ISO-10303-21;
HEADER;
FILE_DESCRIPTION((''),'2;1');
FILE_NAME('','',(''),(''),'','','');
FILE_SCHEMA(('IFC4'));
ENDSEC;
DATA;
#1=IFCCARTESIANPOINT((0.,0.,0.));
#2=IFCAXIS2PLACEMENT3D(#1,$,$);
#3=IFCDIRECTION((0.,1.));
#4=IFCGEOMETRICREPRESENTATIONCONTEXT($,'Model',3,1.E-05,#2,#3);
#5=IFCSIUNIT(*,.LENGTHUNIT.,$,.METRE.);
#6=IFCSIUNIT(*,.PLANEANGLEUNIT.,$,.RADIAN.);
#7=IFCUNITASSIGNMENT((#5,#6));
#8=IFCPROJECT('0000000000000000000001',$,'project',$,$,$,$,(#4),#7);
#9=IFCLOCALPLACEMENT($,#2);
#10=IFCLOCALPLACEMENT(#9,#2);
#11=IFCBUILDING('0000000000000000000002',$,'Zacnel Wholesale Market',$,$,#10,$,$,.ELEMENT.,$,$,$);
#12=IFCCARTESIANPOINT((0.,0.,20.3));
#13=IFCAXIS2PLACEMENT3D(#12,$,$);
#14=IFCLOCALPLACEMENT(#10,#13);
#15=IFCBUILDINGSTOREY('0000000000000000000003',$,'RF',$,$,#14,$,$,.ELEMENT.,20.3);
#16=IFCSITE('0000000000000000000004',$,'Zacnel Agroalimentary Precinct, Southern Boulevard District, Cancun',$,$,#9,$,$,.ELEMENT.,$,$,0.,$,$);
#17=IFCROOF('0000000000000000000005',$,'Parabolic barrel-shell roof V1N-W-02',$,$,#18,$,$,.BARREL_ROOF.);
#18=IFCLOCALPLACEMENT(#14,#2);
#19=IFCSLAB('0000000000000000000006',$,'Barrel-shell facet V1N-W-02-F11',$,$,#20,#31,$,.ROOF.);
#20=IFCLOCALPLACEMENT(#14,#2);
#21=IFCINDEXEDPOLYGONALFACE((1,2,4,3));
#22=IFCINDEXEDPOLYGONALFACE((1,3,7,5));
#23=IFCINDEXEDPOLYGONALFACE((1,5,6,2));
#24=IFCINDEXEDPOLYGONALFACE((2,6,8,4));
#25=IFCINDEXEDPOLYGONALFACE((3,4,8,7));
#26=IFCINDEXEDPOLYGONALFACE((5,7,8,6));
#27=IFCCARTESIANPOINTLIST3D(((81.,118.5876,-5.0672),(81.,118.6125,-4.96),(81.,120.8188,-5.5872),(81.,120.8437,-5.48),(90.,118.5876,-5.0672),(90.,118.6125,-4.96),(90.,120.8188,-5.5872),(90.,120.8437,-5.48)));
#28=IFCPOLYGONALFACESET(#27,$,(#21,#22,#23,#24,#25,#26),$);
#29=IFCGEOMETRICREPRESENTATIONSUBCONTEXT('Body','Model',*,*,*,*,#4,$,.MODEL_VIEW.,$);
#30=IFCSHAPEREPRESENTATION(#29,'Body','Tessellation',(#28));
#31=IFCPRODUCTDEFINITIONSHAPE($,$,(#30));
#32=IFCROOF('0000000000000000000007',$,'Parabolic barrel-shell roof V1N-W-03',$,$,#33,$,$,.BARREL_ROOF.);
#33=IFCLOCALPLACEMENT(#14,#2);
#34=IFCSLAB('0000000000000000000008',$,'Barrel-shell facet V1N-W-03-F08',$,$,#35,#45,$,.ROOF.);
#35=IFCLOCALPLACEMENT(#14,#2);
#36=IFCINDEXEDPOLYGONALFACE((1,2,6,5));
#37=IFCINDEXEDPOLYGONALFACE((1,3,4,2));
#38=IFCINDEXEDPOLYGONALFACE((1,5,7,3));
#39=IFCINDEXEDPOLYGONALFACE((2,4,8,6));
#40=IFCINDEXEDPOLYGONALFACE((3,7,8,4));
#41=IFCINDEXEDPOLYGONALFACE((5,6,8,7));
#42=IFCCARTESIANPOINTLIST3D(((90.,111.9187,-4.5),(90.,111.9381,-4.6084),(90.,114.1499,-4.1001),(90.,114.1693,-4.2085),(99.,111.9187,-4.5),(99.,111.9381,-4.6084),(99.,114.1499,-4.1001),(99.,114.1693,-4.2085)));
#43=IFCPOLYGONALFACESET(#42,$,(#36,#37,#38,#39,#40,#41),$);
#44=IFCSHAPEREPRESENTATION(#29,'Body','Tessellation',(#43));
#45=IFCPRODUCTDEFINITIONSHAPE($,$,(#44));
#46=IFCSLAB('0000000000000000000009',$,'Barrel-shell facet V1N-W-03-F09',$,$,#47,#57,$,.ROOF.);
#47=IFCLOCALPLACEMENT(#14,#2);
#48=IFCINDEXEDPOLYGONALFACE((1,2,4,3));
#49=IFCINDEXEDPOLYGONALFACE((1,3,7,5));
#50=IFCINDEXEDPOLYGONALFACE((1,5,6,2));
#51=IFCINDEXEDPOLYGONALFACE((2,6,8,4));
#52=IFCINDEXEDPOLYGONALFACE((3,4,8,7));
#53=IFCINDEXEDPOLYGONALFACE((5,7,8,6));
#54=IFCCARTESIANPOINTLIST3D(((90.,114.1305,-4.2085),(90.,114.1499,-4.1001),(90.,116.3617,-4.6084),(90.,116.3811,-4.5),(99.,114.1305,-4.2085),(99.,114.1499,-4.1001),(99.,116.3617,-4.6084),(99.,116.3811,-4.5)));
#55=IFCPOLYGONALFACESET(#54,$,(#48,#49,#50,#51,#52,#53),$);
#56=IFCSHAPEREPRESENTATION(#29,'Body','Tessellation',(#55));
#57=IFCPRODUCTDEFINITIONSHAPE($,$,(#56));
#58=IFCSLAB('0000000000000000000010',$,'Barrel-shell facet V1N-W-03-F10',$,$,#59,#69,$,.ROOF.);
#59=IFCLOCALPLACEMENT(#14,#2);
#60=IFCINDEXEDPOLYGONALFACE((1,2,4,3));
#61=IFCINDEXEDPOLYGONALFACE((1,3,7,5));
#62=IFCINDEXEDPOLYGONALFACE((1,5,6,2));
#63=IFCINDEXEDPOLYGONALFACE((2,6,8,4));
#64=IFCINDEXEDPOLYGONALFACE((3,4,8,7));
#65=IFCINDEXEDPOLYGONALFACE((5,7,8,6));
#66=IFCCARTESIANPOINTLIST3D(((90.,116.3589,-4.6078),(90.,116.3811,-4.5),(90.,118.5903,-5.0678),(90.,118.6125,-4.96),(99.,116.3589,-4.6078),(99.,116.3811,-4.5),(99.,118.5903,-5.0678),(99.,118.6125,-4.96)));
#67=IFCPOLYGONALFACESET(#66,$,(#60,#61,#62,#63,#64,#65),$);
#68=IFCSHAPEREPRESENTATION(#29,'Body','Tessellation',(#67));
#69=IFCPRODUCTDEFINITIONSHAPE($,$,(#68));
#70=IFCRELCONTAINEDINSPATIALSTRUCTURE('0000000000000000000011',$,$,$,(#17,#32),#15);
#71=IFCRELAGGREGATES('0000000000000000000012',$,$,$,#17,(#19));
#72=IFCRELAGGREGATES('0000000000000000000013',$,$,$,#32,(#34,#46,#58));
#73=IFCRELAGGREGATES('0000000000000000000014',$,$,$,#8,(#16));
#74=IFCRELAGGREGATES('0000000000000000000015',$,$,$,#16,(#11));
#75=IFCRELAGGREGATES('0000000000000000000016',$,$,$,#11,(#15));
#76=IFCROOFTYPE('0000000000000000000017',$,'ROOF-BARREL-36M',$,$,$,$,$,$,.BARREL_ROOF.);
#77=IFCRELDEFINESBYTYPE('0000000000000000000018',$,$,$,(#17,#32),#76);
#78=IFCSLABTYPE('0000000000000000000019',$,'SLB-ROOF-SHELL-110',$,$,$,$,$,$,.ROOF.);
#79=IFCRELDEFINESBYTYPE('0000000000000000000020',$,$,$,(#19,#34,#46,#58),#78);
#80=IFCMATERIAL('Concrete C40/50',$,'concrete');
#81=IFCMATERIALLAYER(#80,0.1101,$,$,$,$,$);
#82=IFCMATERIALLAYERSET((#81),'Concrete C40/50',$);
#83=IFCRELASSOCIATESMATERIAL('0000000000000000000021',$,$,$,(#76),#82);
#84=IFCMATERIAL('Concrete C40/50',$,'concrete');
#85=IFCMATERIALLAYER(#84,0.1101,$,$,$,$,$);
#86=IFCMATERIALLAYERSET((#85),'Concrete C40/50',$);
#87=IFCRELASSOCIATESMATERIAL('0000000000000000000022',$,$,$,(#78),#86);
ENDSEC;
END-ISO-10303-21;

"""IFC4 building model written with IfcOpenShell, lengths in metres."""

from ifc_helpers import new_model, si_unit, direction, frame, origin, place, context, subcontext, project, spatial, polyline, outline, extrude, material, layer, layer_set, type_object, element, aggregate, save


model = new_model("IFC4")

# Units and contexts
model_context = context("Model", 3, precision=1e-05, world=origin(), true_north=direction((0.0, 1.0)))
body_context = subcontext(model_context, "Body", "Model", "MODEL_VIEW")
ifc_project = project(units=[si_unit("LENGTHUNIT", "METRE"), si_unit("PLANEANGLEUNIT", "RADIAN")], contexts=[model_context])

# Site, building, storey
site_placement = place(None, origin())
site = spatial("IfcSite", under=ifc_project, at=site_placement, Name="Zacnel Agroalimentary Precinct, Southern Boulevard District, Cancun", CompositionType="ELEMENT", RefElevation=0.0)
building_placement = place(site_placement, origin())
building = spatial("IfcBuilding", under=site, at=building_placement, Name="Zacnel Wholesale Market", CompositionType="ELEMENT")
storey_placement = place(building_placement, frame((0.0, 0.0, 20.3)))
storey = spatial("IfcBuildingStorey", under=building, at=storey_placement, Name="RF", CompositionType="ELEMENT", Elevation=20.3)

# Roofs, slabs
ifc_material_1 = material(Name="Concrete C40/50", Category="concrete")
ifc_layer_1 = layer(ifc_material_1, 0.1101)
ifc_layer_set_1 = layer_set([ifc_layer_1], Name="Concrete C40/50")
roof_type = type_object("IfcRoofType", Name="ROOF-BARREL-36M", PredefinedType="BARREL_ROOF", material=ifc_layer_set_1)
ifc_material_2 = material(Name="Concrete C40/50", Category="concrete")
ifc_layer_2 = layer(ifc_material_2, 0.1101)
ifc_layer_set_2 = layer_set([ifc_layer_2], Name="Concrete C40/50")
slab_type = type_object("IfcSlabType", Name="SLB-ROOF-SHELL-110", PredefinedType="ROOF", material=ifc_layer_set_2)
roof_1_placement = place(storey_placement, origin())
roof_1 = element("IfcRoof", 1, at=roof_1_placement, inside=storey, type_object=roof_type, Name="Parabolic barrel-shell roof V1N-W-02", PredefinedType="BARREL_ROOF")
slab_1_placement = place(storey_placement, frame((81.0, 118.6125, -4.96), z_axis=(0.0, 0.226984, 0.973899), x_axis=(1.0, 0.0, 0.0)))
slab_1 = element("IfcSlab", 2, at=slab_1_placement, type_object=slab_type, Name="Barrel-shell facet V1N-W-02-F11", PredefinedType="ROOF", context=body_context, shape_type="SweptSolid", body=[
    extrude(outline(polyline([(0.0, 0.0), (9.0, 0.0), (9.0, 2.291), (0.0, 2.291), (0.0, 0.0)])), origin(), (0.0, 0.0, -1.0), 0.1101),
])
aggregate(roof_1, [slab_1])
roof_2_placement = place(storey_placement, origin())
roof_2 = element("IfcRoof", 3, at=roof_2_placement, inside=storey, type_object=roof_type, Name="Parabolic barrel-shell roof V1N-W-03", PredefinedType="BARREL_ROOF")
slab_2_placement = place(storey_placement, frame((90.0, 111.9187, -4.5), z_axis=(0.0, -0.176421, 0.984315), x_axis=(1.0, 0.0, 0.0)))
slab_2 = element("IfcSlab", 4, at=slab_2_placement, type_object=slab_type, Name="Barrel-shell facet V1N-W-03-F08", PredefinedType="ROOF", context=body_context, shape_type="SweptSolid", body=[
    extrude(outline(polyline([(0.0, 0.0), (9.0, 0.0), (9.0, 2.2668), (0.0, 2.2668), (0.0, 0.0)])), origin(), (0.0, 0.0, -1.0), 0.1101),
])
slab_3_placement = place(storey_placement, frame((90.0, 114.1499, -4.1001), z_axis=(0.0, 0.176421, 0.984315), x_axis=(1.0, 0.0, 0.0)))
slab_3 = element("IfcSlab", 5, at=slab_3_placement, type_object=slab_type, Name="Barrel-shell facet V1N-W-03-F09", PredefinedType="ROOF", context=body_context, shape_type="SweptSolid", body=[
    extrude(outline(polyline([(0.0, 0.0), (9.0, 0.0), (9.0, 2.2668), (0.0, 2.2668), (0.0, 0.0)])), origin(), (0.0, 0.0, -1.0), 0.1101),
])
slab_4_placement = place(storey_placement, frame((90.0, 116.3811, -4.5), z_axis=(0.0, 0.201883, 0.97941), x_axis=(1.0, 0.0, 0.0)))
slab_4 = element("IfcSlab", 6, at=slab_4_placement, type_object=slab_type, Name="Barrel-shell facet V1N-W-03-F10", PredefinedType="ROOF", context=body_context, shape_type="SweptSolid", body=[
    extrude(outline(polyline([(0.0, 0.0), (9.0, 0.0), (9.0, 2.2784), (0.0, 2.2784), (0.0, 0.0)])), origin(), (0.0, 0.0, -1.0), 0.1101),
])
aggregate(roof_2, [slab_2, slab_3, slab_4])

save(model, "model.ifc")
